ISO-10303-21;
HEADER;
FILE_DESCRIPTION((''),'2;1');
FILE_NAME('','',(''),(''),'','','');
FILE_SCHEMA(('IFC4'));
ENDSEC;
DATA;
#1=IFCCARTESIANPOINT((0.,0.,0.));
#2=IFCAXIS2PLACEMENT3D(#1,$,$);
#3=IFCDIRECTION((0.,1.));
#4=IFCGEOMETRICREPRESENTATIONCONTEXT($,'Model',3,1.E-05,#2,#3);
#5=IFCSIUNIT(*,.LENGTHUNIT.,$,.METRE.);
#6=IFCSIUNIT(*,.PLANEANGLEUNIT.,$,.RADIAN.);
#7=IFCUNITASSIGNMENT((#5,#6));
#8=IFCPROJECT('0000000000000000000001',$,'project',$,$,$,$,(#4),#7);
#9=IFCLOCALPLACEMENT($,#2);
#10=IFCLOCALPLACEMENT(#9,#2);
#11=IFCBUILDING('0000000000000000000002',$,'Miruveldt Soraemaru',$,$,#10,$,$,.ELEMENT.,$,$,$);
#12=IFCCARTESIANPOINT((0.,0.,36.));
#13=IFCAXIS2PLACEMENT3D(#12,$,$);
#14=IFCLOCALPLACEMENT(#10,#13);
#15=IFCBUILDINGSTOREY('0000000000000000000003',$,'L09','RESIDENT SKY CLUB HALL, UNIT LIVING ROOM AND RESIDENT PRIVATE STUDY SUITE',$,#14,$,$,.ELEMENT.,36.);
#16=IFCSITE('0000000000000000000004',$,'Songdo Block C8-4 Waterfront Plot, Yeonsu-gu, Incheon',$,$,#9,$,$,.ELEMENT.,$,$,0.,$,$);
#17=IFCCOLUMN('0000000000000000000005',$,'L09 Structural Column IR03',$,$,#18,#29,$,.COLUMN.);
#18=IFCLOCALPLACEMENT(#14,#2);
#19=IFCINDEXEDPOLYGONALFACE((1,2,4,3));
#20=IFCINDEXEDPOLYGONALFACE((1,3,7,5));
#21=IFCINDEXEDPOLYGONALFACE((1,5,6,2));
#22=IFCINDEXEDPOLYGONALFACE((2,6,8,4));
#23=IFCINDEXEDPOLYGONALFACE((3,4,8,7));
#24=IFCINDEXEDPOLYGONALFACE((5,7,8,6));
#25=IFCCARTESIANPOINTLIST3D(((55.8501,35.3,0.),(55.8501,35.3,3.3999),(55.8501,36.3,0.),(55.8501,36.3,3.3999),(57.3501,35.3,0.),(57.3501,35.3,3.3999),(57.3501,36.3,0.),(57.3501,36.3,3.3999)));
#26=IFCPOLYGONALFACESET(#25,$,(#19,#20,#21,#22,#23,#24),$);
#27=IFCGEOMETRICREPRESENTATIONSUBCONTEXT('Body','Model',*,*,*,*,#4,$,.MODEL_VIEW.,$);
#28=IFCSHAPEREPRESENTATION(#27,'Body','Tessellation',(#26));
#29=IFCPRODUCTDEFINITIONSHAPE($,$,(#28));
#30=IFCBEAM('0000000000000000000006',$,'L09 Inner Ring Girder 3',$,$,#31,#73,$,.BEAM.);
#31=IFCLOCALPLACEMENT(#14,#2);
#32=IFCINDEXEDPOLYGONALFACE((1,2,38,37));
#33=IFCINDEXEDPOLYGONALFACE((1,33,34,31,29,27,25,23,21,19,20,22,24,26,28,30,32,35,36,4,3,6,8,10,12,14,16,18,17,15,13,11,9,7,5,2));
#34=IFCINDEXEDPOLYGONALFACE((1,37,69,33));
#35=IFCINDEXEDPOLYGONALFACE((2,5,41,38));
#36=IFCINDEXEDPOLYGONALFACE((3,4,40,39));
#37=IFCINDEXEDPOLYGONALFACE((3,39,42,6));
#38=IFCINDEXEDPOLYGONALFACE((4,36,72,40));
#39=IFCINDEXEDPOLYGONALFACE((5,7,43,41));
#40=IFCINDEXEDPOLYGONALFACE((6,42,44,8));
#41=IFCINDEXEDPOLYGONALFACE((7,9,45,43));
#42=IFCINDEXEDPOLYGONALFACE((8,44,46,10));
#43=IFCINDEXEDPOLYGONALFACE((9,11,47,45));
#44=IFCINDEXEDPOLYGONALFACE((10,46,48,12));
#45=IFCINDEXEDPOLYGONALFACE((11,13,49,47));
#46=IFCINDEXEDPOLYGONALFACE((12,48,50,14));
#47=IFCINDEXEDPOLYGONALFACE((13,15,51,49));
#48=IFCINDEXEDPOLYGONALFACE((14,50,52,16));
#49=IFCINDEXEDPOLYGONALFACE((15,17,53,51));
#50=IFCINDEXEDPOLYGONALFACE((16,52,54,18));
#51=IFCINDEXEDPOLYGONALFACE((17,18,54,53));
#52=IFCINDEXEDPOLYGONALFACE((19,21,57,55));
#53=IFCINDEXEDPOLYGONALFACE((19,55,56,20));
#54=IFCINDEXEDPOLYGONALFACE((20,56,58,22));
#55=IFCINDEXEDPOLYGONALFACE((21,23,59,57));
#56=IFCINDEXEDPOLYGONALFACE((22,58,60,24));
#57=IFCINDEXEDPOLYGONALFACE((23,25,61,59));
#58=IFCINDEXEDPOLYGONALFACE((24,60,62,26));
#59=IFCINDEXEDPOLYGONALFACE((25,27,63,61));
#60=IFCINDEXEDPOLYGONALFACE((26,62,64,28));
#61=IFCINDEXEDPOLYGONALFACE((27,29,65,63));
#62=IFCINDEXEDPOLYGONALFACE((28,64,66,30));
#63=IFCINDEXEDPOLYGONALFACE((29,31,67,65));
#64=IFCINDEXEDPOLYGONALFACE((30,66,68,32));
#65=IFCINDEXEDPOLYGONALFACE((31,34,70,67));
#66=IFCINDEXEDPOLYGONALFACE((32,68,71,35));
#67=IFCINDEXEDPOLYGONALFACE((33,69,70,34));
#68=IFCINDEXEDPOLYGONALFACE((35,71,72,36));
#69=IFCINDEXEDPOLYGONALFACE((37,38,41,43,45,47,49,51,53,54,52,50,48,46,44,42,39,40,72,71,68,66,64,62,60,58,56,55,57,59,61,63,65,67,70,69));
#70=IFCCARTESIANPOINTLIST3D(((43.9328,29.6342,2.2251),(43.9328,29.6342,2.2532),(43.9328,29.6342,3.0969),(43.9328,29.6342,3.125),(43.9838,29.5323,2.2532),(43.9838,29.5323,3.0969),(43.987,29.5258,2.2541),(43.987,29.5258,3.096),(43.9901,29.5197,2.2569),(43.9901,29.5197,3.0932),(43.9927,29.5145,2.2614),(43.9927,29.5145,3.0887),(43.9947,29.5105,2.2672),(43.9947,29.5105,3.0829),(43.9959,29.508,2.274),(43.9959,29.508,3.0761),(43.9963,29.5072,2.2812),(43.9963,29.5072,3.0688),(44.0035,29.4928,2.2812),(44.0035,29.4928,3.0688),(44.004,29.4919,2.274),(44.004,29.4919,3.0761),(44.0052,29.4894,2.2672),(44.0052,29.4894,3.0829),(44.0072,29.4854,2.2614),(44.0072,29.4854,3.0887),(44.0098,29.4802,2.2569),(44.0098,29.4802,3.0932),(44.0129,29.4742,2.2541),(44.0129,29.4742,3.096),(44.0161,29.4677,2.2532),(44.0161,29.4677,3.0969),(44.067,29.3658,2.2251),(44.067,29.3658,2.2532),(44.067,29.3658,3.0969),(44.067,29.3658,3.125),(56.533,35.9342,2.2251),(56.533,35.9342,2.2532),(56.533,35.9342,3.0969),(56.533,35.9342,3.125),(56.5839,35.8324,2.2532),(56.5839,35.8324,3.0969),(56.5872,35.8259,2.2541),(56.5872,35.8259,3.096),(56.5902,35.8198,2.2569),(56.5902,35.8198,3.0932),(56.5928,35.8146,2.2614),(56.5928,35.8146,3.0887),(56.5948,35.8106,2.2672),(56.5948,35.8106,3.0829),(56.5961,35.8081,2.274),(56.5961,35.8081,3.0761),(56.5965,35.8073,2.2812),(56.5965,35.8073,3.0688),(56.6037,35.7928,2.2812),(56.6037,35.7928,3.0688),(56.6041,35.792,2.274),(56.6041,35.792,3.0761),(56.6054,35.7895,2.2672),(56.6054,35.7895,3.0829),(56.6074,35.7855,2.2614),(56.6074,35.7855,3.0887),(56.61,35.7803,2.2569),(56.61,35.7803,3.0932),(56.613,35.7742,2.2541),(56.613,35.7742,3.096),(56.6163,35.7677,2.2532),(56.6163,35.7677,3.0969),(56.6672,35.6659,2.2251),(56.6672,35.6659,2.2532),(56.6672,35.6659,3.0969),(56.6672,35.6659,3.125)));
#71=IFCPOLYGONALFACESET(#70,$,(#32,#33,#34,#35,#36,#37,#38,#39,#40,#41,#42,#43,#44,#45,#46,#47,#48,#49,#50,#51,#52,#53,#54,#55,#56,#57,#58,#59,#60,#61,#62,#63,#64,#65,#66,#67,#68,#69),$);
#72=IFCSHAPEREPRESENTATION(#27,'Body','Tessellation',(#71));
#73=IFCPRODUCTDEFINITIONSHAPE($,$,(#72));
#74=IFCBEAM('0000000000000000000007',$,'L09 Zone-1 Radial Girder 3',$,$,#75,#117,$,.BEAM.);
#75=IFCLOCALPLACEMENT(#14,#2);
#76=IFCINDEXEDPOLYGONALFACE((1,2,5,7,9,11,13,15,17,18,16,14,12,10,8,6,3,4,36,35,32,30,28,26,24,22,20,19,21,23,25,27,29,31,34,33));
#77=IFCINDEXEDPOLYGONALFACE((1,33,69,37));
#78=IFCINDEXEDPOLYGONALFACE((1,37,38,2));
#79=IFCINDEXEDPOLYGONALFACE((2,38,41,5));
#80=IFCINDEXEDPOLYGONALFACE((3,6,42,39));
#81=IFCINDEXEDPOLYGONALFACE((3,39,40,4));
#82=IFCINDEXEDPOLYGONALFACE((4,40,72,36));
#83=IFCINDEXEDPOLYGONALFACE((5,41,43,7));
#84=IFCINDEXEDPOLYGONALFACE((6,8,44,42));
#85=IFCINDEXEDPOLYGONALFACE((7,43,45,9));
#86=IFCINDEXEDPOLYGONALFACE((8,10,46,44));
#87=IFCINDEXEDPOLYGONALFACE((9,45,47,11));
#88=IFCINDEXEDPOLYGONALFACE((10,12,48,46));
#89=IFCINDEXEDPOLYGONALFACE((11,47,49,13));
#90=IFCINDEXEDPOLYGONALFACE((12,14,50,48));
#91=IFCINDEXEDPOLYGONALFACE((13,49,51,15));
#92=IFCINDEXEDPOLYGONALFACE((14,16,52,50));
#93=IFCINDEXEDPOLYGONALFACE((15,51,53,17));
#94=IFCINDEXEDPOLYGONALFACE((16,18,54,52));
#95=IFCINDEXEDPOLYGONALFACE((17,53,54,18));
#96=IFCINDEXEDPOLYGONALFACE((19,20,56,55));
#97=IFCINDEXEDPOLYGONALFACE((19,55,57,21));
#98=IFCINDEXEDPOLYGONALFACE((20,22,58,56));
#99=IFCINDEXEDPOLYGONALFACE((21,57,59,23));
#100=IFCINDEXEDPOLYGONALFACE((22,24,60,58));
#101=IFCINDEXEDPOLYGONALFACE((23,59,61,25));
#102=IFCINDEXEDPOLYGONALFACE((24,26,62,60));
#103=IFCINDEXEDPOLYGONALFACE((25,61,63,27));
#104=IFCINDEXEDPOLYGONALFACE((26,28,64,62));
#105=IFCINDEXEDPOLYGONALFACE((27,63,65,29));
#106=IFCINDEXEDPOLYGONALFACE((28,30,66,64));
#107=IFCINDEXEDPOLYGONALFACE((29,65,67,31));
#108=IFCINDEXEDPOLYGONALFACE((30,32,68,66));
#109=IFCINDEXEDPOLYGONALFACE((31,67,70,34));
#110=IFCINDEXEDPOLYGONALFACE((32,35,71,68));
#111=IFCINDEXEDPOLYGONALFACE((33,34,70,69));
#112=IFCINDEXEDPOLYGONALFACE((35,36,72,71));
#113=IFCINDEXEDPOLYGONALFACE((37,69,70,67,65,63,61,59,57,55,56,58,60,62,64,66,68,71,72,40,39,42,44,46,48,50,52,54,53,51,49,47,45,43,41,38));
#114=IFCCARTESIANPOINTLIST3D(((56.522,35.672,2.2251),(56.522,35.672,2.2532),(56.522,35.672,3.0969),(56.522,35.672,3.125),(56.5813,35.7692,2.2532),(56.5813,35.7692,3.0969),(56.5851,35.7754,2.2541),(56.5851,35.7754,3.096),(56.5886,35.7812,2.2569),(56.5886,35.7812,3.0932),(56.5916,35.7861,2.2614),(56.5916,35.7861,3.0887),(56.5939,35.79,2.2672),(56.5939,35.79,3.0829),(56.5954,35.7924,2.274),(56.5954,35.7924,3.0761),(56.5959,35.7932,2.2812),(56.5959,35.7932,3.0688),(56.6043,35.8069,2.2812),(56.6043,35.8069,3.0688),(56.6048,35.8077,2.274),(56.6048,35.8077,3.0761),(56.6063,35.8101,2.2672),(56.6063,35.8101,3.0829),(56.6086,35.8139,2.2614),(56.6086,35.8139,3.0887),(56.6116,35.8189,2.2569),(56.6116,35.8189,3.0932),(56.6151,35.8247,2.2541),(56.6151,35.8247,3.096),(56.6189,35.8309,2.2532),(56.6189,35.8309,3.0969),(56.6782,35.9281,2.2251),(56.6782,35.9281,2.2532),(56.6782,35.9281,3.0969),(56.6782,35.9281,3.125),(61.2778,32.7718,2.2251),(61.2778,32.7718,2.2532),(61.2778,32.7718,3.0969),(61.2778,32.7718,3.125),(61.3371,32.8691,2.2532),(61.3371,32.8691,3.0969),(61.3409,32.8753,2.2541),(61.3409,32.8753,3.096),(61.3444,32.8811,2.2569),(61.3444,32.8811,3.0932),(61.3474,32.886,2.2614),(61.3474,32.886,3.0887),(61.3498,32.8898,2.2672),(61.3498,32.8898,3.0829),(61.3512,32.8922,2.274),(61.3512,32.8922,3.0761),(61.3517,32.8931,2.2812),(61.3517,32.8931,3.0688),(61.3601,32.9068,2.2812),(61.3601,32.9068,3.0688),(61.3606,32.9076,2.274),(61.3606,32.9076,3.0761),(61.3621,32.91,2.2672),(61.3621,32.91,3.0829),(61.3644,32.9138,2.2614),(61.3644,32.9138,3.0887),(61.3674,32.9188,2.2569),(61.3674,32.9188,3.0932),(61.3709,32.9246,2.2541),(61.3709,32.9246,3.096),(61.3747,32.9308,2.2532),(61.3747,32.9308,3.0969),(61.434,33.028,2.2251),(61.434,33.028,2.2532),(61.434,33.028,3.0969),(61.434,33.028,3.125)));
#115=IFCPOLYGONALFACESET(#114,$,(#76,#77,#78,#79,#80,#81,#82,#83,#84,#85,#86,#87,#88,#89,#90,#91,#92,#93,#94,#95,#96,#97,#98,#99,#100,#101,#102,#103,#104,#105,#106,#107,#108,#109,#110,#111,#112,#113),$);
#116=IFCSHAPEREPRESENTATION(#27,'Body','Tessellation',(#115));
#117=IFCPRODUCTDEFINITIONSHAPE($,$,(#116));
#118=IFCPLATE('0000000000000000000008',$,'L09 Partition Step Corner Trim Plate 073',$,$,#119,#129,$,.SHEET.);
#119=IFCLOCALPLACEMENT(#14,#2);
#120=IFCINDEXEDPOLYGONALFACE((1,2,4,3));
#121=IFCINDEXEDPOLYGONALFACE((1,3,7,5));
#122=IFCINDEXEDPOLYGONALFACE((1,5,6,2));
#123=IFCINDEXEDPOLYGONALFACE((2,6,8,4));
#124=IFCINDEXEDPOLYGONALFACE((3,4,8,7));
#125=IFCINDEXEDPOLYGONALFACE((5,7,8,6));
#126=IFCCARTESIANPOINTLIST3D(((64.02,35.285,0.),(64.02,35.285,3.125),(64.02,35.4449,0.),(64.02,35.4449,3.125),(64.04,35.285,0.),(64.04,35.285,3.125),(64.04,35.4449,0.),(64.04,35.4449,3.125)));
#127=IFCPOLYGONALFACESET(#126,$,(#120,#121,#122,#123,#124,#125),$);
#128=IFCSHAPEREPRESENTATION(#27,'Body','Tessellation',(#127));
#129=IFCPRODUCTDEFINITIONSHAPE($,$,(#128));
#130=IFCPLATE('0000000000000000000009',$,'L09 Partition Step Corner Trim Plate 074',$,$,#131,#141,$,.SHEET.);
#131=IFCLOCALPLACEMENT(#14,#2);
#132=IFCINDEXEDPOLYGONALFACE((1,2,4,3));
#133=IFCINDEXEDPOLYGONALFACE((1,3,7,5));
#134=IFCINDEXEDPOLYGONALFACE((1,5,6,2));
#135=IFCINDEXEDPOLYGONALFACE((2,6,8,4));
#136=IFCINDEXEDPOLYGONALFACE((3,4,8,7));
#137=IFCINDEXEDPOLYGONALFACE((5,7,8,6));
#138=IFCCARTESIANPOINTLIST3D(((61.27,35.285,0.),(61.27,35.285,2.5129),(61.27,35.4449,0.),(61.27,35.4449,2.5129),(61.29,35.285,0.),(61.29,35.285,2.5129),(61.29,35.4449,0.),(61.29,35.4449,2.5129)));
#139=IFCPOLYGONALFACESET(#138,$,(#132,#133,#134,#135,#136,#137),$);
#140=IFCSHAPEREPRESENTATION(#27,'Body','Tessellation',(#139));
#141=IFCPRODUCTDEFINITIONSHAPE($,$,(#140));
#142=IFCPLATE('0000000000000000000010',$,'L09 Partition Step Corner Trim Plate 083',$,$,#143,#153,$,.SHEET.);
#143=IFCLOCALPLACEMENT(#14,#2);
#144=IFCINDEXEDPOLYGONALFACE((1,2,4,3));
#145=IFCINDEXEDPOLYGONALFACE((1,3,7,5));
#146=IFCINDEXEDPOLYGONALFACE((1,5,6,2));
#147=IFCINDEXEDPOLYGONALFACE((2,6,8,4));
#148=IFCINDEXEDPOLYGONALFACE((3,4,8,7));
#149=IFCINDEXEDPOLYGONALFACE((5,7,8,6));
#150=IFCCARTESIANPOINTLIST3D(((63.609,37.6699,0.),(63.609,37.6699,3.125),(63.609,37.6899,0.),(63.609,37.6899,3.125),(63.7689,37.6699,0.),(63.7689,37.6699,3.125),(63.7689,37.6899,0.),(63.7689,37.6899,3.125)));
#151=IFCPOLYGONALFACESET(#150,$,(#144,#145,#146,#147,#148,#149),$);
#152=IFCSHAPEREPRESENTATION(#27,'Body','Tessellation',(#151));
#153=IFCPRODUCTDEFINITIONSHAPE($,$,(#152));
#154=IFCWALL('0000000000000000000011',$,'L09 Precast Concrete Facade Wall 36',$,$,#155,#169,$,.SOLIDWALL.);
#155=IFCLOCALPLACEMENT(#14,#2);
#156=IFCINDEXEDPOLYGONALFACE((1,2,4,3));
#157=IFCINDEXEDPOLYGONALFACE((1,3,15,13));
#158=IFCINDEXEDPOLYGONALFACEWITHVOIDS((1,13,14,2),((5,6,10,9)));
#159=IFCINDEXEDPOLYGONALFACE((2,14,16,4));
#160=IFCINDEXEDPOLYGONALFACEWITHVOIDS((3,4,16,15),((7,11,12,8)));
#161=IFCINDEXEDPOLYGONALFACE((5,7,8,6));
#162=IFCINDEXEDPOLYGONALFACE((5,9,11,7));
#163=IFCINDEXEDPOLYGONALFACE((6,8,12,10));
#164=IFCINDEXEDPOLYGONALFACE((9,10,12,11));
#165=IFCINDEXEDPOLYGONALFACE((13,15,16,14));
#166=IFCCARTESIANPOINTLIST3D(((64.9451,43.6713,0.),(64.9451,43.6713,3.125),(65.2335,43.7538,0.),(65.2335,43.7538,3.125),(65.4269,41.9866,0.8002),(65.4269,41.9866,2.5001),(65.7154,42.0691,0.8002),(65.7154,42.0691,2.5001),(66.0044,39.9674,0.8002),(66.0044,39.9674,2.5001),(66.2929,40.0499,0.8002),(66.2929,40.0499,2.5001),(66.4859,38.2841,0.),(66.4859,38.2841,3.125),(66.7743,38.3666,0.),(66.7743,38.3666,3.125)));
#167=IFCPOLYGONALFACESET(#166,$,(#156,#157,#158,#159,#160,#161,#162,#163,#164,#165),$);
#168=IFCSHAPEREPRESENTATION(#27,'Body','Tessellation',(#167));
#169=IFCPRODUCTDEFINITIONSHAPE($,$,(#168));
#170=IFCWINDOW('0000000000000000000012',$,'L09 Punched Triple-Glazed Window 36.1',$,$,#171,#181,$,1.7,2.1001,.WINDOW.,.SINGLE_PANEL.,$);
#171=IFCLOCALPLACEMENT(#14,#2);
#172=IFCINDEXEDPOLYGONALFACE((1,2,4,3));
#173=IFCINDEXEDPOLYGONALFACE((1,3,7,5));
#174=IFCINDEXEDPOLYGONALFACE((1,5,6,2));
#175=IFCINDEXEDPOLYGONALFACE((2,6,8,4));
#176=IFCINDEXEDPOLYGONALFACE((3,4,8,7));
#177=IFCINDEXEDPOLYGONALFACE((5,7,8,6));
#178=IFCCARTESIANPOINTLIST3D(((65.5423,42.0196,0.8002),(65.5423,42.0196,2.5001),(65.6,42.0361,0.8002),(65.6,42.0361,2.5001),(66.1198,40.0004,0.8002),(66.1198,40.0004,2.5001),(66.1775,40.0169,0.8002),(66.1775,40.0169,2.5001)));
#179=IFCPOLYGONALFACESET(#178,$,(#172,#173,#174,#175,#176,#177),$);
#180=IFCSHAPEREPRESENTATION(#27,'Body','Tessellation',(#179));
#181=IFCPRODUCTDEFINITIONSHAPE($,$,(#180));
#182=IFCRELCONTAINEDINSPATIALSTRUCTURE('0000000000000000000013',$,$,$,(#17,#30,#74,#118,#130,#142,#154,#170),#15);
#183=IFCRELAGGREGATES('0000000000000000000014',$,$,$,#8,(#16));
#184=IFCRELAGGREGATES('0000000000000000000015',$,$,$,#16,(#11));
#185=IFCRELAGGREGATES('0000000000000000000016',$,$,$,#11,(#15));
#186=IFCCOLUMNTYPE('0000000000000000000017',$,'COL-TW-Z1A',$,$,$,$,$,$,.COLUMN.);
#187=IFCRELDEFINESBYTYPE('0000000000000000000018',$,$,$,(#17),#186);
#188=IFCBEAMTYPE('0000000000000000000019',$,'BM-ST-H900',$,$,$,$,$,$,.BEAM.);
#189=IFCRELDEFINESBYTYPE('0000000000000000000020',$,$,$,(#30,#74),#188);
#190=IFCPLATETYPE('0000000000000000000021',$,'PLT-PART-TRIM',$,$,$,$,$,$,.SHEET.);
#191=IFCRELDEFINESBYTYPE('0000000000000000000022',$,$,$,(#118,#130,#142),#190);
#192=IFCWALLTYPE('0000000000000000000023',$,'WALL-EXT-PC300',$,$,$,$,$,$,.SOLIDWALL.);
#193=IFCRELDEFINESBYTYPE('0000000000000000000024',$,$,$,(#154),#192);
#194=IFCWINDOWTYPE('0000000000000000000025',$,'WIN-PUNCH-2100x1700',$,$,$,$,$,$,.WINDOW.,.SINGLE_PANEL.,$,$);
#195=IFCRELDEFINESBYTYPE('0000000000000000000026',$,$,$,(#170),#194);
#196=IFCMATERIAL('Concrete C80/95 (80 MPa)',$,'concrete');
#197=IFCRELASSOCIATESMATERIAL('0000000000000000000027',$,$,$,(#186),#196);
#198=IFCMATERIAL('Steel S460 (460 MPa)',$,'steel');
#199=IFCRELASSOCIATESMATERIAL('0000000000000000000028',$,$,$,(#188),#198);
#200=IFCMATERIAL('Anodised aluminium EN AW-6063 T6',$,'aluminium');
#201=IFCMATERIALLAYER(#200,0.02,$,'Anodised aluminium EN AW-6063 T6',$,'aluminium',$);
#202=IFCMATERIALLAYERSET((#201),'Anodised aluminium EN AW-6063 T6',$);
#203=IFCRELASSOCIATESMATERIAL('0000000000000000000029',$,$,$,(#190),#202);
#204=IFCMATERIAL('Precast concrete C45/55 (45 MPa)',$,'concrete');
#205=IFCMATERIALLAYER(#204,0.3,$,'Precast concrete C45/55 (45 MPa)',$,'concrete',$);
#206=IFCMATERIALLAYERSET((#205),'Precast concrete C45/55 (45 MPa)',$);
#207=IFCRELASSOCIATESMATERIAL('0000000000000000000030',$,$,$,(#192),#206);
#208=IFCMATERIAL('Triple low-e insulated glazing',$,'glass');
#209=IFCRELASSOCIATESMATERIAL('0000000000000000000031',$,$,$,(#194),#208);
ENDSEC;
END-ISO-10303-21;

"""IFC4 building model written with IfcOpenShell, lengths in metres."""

from ifc_helpers import new_model, si_unit, direction, frame, frame_2d, origin, origin_2d, place, context, subcontext, project, spatial, rectangle, i_section, extrude, material, layer, layer_set, material_profile, profile_set, type_object, element, fill, save


model = new_model("IFC4")

# Units and contexts
model_context = context("Model", 3, precision=1e-05, world=origin(), true_north=direction((0.0, 1.0)))
body_context = subcontext(model_context, "Body", "Model", "MODEL_VIEW")
ifc_project = project(units=[si_unit("LENGTHUNIT", "METRE"), si_unit("PLANEANGLEUNIT", "RADIAN")], contexts=[model_context])

# Site, building, storey
site_placement = place(None, origin())
site = spatial("IfcSite", under=ifc_project, at=site_placement, Name="Songdo Block C8-4 Waterfront Plot, Yeonsu-gu, Incheon", CompositionType="ELEMENT", RefElevation=0.0)
building_placement = place(site_placement, origin())
building = spatial("IfcBuilding", under=site, at=building_placement, Name="Miruveldt Soraemaru", CompositionType="ELEMENT")
storey_placement = place(building_placement, frame((0.0, 0.0, 36.0)))
storey = spatial("IfcBuildingStorey", under=building, at=storey_placement, Name="L09", Description="RESIDENT SKY CLUB HALL, UNIT LIVING ROOM AND RESIDENT PRIVATE STUDY SUITE", CompositionType="ELEMENT", Elevation=36.0)

# Column
ifc_material_1 = material(Name="Concrete C80/95 (80 MPa)", Category="concrete")
ifc_material_profile_1 = material_profile(ifc_material_1, rectangle(XDim=1.5, YDim=1.0, at=origin_2d()), Name="Concrete C80/95 (80 MPa)", Category="concrete")
ifc_profile_set_1 = profile_set([ifc_material_profile_1], Name="Concrete C80/95 (80 MPa)")
column_type = type_object("IfcColumnType", Name="COL-TW-Z1A", PredefinedType="COLUMN", material=ifc_profile_set_1)
column_placement = place(storey_placement, frame((56.6001, 35.8, 0.0), z_axis=(0.0, 0.0, 1.0), x_axis=(1.0, 0.0, 0.0)))
element("IfcColumn", 1, at=column_placement, inside=storey, type_object=column_type, Name="L09 Structural Column IR03", PredefinedType="COLUMN", context=body_context, shape_type="SweptSolid", body=[
    extrude(rectangle(XDim=1.5, YDim=1.0, at=origin_2d()), origin(), (0.0, 0.0, 1.0), 3.3999),
])

# Beams
ifc_material_2 = material(Name="Steel S460 (460 MPa)", Category="steel")
ifc_material_profile_2 = material_profile(ifc_material_2, i_section(OverallWidth=0.3, OverallDepth=0.8999, WebThickness=0.0161, FlangeThickness=0.0281, FilletRadius=0.0281, at=origin_2d()), Name="Steel S460 (460 MPa)", Category="steel")
ifc_profile_set_2 = profile_set([ifc_material_profile_2], Name="Steel S460 (460 MPa)")
beam_type = type_object("IfcBeamType", Name="BM-ST-H900", PredefinedType="BEAM", material=ifc_profile_set_2)
beam_1_placement = place(storey_placement, frame((56.6001, 35.8, 2.675), z_axis=(-0.894427, -0.447214, 0.0), x_axis=(0.447214, -0.894427, 0.0)))
element("IfcBeam", 2, at=beam_1_placement, inside=storey, type_object=beam_type, Name="L09 Inner Ring Girder 3", PredefinedType="BEAM", context=body_context, shape_type="SweptSolid", body=[
    extrude(i_section(OverallWidth=0.3, OverallDepth=0.8999, WebThickness=0.0161, FlangeThickness=0.0281, FilletRadius=0.0281, at=origin_2d()), origin(), (0.0, 0.0, 1.0), 14.0874),
])
beam_2_placement = place(storey_placement, frame((56.6001, 35.8, 2.675), z_axis=(0.853778, -0.520638, 0.0), x_axis=(0.520638, 0.853778, 0.0)))
element("IfcBeam", 3, at=beam_2_placement, inside=storey, type_object=beam_type, Name="L09 Zone-1 Radial Girder 3", PredefinedType="BEAM", context=body_context, shape_type="SweptSolid", body=[
    extrude(i_section(OverallWidth=0.3, OverallDepth=0.8999, WebThickness=0.0161, FlangeThickness=0.0281, FilletRadius=0.0281, at=origin_2d()), origin(), (0.0, 0.0, 1.0), 5.5703),
])

# Plates
ifc_material_3 = material(Name="Anodised aluminium EN AW-6063 T6", Category="aluminium")
ifc_layer_1 = layer(ifc_material_3, 0.02, Name="Anodised aluminium EN AW-6063 T6", Category="aluminium")
ifc_layer_set_1 = layer_set([ifc_layer_1], Name="Anodised aluminium EN AW-6063 T6")
plate_type = type_object("IfcPlateType", Name="PLT-PART-TRIM", PredefinedType="SHEET", material=ifc_layer_set_1)
plate_1_placement = place(storey_placement, frame((64.03, 35.365, 0.0), z_axis=(0.0, 0.0, 1.0), x_axis=(0.0, 1.0, 0.0)))
element("IfcPlate", 4, at=plate_1_placement, inside=storey, type_object=plate_type, Name="L09 Partition Step Corner Trim Plate 073", PredefinedType="SHEET", context=body_context, shape_type="SweptSolid", body=[
    extrude(rectangle(XDim=0.1599, YDim=0.02, at=origin_2d()), origin(), (0.0, 0.0, 1.0), 3.125),
])
plate_2_placement = place(storey_placement, frame((61.28, 35.365, 0.0), z_axis=(0.0, 0.0, 1.0), x_axis=(0.0, -1.0, 0.0)))
element("IfcPlate", 5, at=plate_2_placement, inside=storey, type_object=plate_type, Name="L09 Partition Step Corner Trim Plate 074", PredefinedType="SHEET", context=body_context, shape_type="SweptSolid", body=[
    extrude(rectangle(XDim=0.1599, YDim=0.02, at=origin_2d()), origin(), (0.0, 0.0, 1.0), 2.5129),
])
plate_3_placement = place(storey_placement, frame((63.689, 37.6799, 0.0), z_axis=(0.0, 0.0, 1.0), x_axis=(-1.0, 0.0, 0.0)))
element("IfcPlate", 6, at=plate_3_placement, inside=storey, type_object=plate_type, Name="L09 Partition Step Corner Trim Plate 083", PredefinedType="SHEET", context=body_context, shape_type="SweptSolid", body=[
    extrude(rectangle(XDim=0.1599, YDim=0.02, at=origin_2d()), origin(), (0.0, 0.0, 1.0), 3.125),
])

# Wall, opening, window
ifc_material_4 = material(Name="Precast concrete C45/55 (45 MPa)", Category="concrete")
ifc_layer_2 = layer(ifc_material_4, 0.3, Name="Precast concrete C45/55 (45 MPa)", Category="concrete")
ifc_layer_set_2 = layer_set([ifc_layer_2], Name="Precast concrete C45/55 (45 MPa)")
wall_type_1 = type_object("IfcWallType", Name="WALL-EXT-PC300", PredefinedType="SOLIDWALL", material=ifc_layer_set_2)
wall_1_placement = place(storey_placement, frame((66.6301, 38.3252, 0.0), z_axis=(0.0, 0.0, 1.0), x_axis=(-0.27498, 0.96145, 0.0)))
wall_1 = element("IfcWall", 7, at=wall_1_placement, inside=storey, type_object=wall_type_1, Name="L09 Precast Concrete Facade Wall 36", PredefinedType="SOLIDWALL", context=body_context, shape_type="SweptSolid", body=[
    extrude(rectangle(XDim=5.6033, YDim=0.3, at=frame_2d((2.8018, 0.0))), origin(), (0.0, 0.0, 1.0), 3.125),
])
opening_1_placement = place(wall_1_placement, frame((1.751, 0.0, 0.8)))
opening_1 = element("IfcOpeningElement", 8, at=opening_1_placement, cuts=wall_1, PredefinedType="OPENING", context=body_context, shape_type="SweptSolid", body=[
    extrude(rectangle(XDim=2.1001, YDim=1.7, at=frame_2d((1.05, 0.8501))), frame((0.0, 0.1602, 0.0), z_axis=(0.0, -1.0, 0.0), x_axis=(1.0, 0.0, 0.0)), (0.0, 0.0, 1.0), 0.3201),
])
ifc_material_5 = material(Name="Triple low-e insulated glazing", Category="glass")
window_type = type_object("IfcWindowType", Name="WIN-PUNCH-2100x1700", PartitioningType="SINGLE_PANEL", PredefinedType="WINDOW", material=ifc_material_5)
window_placement = place(opening_1_placement, origin())
window = element("IfcWindow", 9, at=window_placement, inside=storey, type_object=window_type, Name="L09 Punched Triple-Glazed Window 36.1", OverallHeight=1.7, OverallWidth=2.1001, PartitioningType="SINGLE_PANEL", PredefinedType="WINDOW", context=body_context, shape_type="SweptSolid", body=[
    extrude(rectangle(XDim=2.1001, YDim=1.7, at=frame_2d((1.05, 0.8501))), frame((0.0, 0.03, 0.0), z_axis=(0.0, -1.0, 0.0), x_axis=(1.0, 0.0, 0.0)), (0.0, 0.0, 1.0), 0.0601),
])
fill(opening_1, window)

save(model, "model.ifc")
